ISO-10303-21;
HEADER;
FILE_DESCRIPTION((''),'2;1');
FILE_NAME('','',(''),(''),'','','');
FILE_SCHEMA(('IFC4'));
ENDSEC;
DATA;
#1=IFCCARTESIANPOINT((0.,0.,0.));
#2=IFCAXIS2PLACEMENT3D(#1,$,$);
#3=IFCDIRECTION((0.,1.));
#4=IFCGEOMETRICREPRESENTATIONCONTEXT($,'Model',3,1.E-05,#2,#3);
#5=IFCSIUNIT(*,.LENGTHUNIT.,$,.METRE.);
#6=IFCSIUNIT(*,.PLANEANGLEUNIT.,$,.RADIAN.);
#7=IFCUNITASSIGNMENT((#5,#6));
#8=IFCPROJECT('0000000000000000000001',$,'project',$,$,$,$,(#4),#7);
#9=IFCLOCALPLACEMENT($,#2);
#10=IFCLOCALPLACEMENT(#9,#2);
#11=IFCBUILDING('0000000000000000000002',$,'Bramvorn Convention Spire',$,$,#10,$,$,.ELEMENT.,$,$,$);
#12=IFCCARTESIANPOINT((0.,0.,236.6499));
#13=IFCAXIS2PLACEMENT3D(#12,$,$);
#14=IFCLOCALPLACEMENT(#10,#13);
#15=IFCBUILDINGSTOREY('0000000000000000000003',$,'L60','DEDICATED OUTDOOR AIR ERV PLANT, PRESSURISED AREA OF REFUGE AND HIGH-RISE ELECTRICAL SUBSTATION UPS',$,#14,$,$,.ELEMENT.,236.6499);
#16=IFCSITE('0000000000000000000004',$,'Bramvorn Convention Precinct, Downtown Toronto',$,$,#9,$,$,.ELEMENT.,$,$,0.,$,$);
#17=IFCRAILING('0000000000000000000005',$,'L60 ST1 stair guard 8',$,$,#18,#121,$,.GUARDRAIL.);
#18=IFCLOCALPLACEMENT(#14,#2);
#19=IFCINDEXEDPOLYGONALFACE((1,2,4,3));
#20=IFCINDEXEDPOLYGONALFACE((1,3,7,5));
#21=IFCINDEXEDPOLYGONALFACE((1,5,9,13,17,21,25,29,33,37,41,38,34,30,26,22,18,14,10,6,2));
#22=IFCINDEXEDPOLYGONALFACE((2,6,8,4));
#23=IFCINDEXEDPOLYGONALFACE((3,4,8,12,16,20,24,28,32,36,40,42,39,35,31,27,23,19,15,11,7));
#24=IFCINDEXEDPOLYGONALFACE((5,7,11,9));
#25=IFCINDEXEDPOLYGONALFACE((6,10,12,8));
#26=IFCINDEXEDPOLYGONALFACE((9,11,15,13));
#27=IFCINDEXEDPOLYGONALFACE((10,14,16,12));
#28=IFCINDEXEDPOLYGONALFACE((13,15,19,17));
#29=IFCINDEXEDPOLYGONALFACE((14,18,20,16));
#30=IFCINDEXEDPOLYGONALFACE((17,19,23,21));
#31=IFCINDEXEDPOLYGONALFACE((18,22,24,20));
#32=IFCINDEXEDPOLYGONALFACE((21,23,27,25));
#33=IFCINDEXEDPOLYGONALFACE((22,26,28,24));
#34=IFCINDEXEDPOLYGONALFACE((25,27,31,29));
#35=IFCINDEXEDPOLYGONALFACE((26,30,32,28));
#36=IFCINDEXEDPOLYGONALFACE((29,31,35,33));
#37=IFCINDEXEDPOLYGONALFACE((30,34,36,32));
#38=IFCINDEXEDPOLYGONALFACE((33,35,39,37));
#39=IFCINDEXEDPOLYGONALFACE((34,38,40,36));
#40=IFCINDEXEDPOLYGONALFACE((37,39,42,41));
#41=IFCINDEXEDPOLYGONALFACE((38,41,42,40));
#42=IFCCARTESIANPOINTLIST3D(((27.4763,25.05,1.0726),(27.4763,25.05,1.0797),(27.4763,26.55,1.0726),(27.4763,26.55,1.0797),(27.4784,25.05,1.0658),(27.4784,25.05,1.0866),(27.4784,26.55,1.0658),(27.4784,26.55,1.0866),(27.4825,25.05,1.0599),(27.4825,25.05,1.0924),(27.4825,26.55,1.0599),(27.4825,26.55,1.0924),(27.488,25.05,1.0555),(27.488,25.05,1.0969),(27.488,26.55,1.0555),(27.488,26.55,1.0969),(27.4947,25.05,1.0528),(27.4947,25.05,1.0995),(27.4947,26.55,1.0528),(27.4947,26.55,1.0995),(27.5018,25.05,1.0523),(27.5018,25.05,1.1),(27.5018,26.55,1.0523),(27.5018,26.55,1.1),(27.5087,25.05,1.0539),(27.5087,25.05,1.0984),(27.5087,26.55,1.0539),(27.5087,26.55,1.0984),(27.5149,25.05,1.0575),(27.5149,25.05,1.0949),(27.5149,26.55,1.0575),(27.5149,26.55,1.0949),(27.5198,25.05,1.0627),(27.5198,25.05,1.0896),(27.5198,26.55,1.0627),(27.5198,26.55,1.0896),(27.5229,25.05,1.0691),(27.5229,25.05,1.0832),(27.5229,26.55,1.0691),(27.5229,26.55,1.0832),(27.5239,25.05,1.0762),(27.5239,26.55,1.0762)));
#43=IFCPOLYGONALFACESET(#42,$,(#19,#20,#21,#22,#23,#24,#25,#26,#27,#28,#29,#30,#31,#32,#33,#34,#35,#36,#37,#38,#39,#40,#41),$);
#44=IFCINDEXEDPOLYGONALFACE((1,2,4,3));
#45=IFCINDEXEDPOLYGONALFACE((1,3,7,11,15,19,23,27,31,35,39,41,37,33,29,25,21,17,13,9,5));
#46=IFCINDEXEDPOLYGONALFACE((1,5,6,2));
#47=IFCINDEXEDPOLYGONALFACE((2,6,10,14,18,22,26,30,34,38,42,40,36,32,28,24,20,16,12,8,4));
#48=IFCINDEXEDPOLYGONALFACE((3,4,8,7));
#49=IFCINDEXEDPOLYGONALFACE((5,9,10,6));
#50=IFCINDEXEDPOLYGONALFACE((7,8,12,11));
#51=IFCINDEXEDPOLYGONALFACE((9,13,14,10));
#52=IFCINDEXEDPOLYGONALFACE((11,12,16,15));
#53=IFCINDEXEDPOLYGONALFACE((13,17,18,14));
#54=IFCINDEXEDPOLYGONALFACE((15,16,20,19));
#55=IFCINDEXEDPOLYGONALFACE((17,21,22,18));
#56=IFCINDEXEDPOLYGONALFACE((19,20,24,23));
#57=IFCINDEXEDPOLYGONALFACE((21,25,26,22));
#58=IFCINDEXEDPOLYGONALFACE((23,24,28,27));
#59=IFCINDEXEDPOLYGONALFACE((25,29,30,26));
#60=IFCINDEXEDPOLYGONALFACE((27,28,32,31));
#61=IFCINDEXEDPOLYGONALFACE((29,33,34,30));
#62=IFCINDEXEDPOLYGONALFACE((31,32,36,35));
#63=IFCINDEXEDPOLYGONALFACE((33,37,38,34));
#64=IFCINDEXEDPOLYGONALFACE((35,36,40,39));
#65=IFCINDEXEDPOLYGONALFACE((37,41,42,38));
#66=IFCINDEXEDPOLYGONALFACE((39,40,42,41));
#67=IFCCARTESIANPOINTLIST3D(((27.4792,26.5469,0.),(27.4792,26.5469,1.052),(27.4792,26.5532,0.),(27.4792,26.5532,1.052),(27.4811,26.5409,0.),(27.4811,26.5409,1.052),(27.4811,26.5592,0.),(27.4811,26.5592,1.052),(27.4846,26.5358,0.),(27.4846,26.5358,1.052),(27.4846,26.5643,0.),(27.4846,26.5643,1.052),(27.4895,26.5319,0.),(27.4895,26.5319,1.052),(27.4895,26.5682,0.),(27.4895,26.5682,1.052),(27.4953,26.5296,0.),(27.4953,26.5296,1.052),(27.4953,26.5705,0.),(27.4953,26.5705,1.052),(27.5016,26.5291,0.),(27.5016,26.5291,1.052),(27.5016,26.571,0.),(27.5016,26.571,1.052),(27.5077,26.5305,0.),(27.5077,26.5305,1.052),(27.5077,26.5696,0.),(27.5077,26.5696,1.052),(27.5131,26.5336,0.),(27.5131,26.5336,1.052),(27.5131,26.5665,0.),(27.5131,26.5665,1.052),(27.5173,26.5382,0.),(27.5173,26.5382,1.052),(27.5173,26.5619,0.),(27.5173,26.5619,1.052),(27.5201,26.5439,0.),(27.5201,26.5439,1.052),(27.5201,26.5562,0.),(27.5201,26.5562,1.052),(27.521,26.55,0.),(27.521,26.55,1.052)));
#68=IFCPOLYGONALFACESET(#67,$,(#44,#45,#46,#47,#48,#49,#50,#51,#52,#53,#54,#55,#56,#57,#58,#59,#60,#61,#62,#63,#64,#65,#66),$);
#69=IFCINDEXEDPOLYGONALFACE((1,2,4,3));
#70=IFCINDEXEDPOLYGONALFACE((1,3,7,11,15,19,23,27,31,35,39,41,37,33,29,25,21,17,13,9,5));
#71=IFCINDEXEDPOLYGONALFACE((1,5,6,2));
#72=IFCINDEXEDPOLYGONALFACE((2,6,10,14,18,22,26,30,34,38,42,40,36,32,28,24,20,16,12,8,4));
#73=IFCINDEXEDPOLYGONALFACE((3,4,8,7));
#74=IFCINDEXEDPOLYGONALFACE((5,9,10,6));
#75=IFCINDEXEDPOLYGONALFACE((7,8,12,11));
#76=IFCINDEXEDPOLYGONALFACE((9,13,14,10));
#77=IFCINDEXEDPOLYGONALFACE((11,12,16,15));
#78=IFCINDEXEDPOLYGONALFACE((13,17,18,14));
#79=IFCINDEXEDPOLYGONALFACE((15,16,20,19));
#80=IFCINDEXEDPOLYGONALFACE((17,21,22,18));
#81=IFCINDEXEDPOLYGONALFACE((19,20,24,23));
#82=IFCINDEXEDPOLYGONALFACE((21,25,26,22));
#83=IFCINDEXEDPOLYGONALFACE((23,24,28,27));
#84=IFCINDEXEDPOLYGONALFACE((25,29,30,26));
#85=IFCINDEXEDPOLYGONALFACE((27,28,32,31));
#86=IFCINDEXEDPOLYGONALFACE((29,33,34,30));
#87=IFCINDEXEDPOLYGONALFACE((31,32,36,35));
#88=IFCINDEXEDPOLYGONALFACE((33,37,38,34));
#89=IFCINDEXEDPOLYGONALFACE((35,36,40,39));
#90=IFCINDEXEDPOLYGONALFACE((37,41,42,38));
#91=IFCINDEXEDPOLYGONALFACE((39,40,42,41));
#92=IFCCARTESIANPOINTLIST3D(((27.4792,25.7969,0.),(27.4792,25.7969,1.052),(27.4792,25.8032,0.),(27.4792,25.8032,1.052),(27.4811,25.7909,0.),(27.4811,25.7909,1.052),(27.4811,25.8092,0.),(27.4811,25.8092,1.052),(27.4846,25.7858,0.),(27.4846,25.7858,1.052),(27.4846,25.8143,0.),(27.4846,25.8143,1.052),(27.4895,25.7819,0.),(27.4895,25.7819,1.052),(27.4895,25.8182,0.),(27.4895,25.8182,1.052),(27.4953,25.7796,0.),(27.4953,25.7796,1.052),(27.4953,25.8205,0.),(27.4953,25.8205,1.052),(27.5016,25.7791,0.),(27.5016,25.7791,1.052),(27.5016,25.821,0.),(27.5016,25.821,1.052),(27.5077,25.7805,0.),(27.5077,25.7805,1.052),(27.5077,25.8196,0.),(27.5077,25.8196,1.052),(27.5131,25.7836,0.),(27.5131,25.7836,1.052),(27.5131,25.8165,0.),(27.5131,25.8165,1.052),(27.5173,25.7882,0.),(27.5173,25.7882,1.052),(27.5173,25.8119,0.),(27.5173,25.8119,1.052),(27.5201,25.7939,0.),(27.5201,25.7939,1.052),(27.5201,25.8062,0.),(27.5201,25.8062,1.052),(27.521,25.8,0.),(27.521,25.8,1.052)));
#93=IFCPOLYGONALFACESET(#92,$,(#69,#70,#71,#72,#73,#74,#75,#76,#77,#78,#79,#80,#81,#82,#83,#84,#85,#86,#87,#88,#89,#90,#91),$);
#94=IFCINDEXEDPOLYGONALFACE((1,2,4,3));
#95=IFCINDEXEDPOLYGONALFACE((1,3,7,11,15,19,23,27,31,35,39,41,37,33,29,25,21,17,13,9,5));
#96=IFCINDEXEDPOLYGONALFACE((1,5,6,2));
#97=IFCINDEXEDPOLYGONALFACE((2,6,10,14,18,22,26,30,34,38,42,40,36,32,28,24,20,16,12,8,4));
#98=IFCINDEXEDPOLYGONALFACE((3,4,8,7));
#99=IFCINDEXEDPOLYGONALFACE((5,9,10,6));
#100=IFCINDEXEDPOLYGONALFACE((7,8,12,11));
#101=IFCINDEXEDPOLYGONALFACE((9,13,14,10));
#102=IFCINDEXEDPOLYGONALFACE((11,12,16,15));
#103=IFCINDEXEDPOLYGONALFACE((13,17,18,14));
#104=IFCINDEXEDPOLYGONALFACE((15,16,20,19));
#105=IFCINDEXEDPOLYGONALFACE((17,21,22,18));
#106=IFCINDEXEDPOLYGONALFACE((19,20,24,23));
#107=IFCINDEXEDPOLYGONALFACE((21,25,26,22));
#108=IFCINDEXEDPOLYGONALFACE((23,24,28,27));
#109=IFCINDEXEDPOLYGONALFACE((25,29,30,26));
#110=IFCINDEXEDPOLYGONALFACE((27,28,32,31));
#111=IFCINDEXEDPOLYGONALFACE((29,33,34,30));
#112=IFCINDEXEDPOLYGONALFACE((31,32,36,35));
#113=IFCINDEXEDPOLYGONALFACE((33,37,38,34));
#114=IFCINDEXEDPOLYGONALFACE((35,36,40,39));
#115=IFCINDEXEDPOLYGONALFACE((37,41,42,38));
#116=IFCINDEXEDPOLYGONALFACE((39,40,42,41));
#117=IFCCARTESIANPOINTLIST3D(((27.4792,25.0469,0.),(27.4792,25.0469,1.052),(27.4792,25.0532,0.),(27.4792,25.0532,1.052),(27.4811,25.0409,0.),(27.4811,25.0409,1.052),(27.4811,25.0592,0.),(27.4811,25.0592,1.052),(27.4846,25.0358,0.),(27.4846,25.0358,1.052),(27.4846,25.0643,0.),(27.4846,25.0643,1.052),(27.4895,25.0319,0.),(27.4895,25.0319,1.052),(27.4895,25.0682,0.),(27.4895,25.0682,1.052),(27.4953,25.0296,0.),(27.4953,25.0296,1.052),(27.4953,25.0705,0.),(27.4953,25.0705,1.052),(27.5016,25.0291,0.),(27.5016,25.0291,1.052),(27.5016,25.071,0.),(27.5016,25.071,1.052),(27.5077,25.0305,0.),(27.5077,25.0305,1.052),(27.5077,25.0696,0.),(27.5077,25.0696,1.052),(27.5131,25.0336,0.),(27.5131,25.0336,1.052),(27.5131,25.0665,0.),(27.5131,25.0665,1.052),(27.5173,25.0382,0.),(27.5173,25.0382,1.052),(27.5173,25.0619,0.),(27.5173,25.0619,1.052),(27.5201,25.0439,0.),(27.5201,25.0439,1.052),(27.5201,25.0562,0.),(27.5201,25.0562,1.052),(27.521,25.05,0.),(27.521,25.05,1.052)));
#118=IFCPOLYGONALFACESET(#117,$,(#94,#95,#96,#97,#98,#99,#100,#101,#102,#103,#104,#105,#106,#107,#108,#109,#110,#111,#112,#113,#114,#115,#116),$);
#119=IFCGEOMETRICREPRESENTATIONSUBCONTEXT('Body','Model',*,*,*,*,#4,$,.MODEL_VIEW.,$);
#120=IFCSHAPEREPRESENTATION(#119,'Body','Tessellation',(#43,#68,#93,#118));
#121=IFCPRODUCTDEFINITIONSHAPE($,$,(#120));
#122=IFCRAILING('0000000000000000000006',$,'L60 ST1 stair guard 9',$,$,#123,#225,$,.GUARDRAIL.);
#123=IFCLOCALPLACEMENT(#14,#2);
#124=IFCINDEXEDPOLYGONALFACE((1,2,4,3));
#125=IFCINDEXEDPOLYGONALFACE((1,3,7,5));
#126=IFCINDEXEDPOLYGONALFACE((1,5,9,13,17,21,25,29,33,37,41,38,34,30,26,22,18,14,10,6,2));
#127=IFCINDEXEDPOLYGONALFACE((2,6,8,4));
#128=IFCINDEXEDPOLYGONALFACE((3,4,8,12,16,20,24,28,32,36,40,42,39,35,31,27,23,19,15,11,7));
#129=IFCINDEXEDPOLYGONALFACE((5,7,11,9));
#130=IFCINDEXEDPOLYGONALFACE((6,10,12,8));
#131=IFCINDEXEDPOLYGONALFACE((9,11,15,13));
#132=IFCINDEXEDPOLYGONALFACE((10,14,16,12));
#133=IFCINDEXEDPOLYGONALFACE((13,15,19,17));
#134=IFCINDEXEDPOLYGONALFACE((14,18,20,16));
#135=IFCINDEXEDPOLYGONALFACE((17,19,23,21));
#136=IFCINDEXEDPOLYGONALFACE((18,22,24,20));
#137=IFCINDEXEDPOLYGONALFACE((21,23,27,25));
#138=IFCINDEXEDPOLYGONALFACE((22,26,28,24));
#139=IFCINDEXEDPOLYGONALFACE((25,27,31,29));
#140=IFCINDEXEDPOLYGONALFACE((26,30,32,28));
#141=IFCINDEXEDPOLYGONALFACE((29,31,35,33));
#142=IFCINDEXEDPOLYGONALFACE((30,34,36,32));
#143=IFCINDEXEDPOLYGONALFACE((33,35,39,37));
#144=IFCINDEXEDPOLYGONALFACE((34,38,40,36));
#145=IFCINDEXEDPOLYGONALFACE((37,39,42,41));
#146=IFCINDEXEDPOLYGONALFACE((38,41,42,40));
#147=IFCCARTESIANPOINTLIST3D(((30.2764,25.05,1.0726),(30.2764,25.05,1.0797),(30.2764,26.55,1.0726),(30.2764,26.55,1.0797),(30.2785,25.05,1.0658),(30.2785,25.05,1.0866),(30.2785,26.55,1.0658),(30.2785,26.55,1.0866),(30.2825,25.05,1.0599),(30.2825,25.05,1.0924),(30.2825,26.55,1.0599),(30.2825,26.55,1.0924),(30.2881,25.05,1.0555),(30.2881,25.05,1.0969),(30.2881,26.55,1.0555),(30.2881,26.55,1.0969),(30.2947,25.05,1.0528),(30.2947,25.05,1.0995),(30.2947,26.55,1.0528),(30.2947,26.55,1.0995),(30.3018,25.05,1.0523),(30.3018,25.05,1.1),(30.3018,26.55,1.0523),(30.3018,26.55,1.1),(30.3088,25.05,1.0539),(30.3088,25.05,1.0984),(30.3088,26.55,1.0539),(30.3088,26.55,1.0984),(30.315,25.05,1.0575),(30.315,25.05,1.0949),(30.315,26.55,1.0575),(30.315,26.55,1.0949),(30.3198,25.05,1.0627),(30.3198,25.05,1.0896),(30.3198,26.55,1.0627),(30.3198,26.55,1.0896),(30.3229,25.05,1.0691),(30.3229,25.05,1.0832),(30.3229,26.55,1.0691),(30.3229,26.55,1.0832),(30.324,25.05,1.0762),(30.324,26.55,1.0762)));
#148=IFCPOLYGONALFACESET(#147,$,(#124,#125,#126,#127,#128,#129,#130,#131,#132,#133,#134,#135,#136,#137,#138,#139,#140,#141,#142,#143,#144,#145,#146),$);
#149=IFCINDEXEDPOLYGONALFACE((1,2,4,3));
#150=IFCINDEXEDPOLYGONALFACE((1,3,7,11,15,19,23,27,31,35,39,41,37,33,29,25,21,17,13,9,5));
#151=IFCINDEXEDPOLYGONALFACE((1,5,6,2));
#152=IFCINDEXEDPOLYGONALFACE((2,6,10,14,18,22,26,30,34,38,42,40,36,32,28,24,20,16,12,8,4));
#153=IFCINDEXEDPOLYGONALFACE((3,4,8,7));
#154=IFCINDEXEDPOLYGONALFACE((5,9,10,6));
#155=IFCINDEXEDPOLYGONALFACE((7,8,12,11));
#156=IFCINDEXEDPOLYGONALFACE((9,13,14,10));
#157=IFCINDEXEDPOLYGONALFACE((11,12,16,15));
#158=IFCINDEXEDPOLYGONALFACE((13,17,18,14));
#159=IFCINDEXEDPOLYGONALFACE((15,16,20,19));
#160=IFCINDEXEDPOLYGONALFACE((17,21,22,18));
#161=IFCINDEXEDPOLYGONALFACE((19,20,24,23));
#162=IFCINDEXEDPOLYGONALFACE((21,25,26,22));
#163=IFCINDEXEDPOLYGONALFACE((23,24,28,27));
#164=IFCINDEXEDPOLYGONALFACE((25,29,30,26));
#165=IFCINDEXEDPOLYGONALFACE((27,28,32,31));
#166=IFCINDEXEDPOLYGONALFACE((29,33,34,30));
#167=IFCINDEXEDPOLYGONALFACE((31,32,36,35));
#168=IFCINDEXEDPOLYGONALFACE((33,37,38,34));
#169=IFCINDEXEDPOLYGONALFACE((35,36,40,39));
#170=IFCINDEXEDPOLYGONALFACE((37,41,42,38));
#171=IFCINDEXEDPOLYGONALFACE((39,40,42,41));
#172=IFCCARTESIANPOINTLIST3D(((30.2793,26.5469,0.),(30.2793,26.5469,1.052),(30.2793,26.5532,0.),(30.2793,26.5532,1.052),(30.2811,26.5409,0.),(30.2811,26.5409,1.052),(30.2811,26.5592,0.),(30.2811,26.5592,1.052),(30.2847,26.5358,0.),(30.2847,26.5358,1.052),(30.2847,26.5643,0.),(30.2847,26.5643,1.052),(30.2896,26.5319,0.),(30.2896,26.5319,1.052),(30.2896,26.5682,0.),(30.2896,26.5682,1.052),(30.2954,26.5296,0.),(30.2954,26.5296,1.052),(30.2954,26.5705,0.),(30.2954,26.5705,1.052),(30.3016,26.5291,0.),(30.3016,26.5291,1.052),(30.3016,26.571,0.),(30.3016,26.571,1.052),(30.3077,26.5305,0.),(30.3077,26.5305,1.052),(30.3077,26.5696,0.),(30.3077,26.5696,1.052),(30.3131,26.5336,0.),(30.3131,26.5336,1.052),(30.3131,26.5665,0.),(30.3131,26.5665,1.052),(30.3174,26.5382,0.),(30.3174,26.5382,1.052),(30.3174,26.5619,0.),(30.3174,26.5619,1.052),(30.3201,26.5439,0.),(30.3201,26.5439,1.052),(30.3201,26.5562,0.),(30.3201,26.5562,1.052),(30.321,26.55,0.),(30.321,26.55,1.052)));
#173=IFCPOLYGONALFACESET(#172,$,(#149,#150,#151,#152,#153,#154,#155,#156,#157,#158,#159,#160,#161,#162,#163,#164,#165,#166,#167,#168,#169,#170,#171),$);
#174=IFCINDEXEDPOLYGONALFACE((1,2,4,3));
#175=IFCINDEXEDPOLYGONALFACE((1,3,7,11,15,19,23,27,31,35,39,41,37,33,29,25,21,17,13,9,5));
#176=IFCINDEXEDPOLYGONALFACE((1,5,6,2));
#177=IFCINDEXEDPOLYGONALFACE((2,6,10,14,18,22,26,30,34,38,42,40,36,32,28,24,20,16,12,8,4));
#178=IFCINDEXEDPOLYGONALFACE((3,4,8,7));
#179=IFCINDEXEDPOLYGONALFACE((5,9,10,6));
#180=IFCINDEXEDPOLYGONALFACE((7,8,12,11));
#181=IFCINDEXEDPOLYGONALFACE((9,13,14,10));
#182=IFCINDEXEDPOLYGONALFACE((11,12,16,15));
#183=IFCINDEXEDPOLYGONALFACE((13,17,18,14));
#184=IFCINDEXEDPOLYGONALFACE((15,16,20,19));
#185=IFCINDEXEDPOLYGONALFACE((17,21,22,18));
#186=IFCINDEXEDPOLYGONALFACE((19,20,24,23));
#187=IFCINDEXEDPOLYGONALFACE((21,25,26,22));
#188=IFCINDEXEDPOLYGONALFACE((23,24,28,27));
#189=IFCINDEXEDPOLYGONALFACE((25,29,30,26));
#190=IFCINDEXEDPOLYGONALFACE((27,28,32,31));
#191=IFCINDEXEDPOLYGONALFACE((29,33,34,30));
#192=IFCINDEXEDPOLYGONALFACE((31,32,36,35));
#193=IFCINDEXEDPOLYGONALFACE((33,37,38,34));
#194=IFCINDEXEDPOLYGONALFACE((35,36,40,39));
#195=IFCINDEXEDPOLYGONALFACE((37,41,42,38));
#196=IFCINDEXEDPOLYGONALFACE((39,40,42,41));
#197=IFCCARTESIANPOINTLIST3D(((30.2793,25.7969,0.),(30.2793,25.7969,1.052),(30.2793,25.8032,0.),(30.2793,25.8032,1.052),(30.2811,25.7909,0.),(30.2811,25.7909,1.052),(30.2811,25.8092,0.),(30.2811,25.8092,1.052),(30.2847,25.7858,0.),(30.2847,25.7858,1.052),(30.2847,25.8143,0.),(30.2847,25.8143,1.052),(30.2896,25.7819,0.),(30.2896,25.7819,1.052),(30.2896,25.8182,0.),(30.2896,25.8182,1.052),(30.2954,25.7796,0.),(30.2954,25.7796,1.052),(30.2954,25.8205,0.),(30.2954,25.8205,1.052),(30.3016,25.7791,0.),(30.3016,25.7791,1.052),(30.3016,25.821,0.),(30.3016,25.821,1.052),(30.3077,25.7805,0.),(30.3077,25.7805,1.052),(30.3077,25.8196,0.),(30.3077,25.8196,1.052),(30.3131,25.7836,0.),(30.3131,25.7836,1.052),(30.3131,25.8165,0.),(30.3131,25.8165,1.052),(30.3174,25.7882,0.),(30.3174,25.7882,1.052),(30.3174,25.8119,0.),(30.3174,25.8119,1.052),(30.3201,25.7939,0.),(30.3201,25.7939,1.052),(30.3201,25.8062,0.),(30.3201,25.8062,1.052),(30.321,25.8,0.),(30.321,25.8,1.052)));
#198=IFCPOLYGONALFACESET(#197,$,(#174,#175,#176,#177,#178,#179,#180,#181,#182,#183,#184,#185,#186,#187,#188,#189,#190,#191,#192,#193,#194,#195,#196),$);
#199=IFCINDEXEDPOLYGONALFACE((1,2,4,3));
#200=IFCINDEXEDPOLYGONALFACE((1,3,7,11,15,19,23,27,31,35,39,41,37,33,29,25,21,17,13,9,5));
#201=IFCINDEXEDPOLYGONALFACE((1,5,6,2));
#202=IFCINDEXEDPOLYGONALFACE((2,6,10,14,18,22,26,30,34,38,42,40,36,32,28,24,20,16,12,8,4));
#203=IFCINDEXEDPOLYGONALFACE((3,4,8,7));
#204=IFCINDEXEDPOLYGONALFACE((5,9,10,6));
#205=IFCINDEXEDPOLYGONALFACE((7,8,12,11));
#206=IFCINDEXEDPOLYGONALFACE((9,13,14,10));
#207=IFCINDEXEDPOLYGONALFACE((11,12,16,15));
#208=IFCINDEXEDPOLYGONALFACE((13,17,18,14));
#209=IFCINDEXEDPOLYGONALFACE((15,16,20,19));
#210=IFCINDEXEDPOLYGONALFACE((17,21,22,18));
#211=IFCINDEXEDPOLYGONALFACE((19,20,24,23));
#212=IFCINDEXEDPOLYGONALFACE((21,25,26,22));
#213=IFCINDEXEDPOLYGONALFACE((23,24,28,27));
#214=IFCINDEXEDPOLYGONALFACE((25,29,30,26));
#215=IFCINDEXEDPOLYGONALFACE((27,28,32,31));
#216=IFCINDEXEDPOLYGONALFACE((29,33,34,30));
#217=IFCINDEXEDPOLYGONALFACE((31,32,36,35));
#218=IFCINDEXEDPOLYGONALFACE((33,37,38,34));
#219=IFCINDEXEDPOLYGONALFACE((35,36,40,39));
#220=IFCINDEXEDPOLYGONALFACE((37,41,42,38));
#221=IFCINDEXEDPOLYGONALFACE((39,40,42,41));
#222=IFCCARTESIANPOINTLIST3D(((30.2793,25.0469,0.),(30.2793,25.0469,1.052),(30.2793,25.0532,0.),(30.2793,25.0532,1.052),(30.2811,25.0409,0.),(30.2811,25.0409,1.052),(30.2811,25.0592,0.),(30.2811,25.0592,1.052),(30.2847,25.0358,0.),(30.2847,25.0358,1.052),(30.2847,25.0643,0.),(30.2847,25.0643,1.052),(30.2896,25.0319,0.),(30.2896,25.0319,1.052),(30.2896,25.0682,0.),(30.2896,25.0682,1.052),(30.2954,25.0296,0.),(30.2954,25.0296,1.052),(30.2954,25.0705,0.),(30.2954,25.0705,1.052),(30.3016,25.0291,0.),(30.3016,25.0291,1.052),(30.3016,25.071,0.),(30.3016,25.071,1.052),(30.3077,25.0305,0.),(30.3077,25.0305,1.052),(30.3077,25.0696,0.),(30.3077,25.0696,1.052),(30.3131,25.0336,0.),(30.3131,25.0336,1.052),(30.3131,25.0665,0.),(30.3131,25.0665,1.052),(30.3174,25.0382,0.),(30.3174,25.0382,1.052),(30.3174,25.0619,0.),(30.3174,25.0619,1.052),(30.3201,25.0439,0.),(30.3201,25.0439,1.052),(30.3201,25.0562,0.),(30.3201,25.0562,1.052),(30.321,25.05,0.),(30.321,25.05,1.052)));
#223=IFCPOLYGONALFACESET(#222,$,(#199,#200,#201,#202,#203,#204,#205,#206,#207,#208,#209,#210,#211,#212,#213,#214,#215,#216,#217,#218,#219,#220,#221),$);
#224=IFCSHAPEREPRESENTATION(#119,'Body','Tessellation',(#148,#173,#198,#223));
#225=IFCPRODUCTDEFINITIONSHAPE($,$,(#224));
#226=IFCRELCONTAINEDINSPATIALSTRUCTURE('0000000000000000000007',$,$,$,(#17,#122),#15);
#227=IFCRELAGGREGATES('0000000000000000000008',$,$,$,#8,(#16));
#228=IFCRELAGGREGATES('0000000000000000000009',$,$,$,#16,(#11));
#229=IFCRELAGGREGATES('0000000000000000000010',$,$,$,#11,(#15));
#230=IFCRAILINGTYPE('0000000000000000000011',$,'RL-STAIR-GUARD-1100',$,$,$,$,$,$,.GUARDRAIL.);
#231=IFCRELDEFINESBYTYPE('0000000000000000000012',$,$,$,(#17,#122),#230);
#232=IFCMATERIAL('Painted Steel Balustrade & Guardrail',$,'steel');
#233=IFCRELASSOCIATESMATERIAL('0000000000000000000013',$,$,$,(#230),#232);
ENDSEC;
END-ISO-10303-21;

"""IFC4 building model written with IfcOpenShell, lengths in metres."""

from ifc_helpers import new_model, si_unit, direction, frame, origin, origin_2d, place, context, subcontext, project, spatial, circle, extrude, material, type_object, element, save


model = new_model("IFC4")

# Units and contexts
model_context = context("Model", 3, precision=1e-05, world=origin(), true_north=direction((0.0, 1.0)))
body_context = subcontext(model_context, "Body", "Model", "MODEL_VIEW")
ifc_project = project(units=[si_unit("LENGTHUNIT", "METRE"), si_unit("PLANEANGLEUNIT", "RADIAN")], contexts=[model_context])

# Site, building, storey
site_placement = place(None, origin())
site = spatial("IfcSite", under=ifc_project, at=site_placement, Name="Bramvorn Convention Precinct, Downtown Toronto", CompositionType="ELEMENT", RefElevation=0.0)
building_placement = place(site_placement, origin())
building = spatial("IfcBuilding", under=site, at=building_placement, Name="Bramvorn Convention Spire", CompositionType="ELEMENT")
storey_placement = place(building_placement, frame((0.0, 0.0, 236.6499)))
storey = spatial("IfcBuildingStorey", under=building, at=storey_placement, Name="L60", Description="DEDICATED OUTDOOR AIR ERV PLANT, PRESSURISED AREA OF REFUGE AND HIGH-RISE ELECTRICAL SUBSTATION UPS", CompositionType="ELEMENT", Elevation=236.6499)

# Railings
ifc_material_1 = material(Name="Painted Steel Balustrade & Guardrail", Category="steel")
railing_type = type_object("IfcRailingType", Name="RL-STAIR-GUARD-1100", PredefinedType="GUARDRAIL", material=ifc_material_1)
for number, where, name in (
    (1, (27.5, 26.55, 0.0), "L60 ST1 stair guard 8"),
    (2, (30.3, 26.55, 0.0), "L60 ST1 stair guard 9"),
):
    element("IfcRailing", number, at=place(storey_placement, frame(where)), inside=storey, type_object=railing_type, Name=name, PredefinedType="GUARDRAIL", context=body_context, shape_type="SweptSolid", body=[
        extrude(circle(Radius=0.0239, at=origin_2d()), frame((0.0, 0.0, 1.0762), z_axis=(0.0, -1.0, 0.0), x_axis=(1.0, 0.0, 0.0)), (0.0, 0.0, 1.0), 1.5),
        extrude(circle(Radius=0.021, at=origin_2d()), origin(), (0.0, 0.0, 1.0), 1.052),
        extrude(circle(Radius=0.021, at=origin_2d()), frame((0.0, -0.75, 0.0)), (0.0, 0.0, 1.0), 1.052),
        extrude(circle(Radius=0.021, at=origin_2d()), frame((0.0, -1.5, 0.0)), (0.0, 0.0, 1.0), 1.052),
    ])

save(model, "model.ifc")
